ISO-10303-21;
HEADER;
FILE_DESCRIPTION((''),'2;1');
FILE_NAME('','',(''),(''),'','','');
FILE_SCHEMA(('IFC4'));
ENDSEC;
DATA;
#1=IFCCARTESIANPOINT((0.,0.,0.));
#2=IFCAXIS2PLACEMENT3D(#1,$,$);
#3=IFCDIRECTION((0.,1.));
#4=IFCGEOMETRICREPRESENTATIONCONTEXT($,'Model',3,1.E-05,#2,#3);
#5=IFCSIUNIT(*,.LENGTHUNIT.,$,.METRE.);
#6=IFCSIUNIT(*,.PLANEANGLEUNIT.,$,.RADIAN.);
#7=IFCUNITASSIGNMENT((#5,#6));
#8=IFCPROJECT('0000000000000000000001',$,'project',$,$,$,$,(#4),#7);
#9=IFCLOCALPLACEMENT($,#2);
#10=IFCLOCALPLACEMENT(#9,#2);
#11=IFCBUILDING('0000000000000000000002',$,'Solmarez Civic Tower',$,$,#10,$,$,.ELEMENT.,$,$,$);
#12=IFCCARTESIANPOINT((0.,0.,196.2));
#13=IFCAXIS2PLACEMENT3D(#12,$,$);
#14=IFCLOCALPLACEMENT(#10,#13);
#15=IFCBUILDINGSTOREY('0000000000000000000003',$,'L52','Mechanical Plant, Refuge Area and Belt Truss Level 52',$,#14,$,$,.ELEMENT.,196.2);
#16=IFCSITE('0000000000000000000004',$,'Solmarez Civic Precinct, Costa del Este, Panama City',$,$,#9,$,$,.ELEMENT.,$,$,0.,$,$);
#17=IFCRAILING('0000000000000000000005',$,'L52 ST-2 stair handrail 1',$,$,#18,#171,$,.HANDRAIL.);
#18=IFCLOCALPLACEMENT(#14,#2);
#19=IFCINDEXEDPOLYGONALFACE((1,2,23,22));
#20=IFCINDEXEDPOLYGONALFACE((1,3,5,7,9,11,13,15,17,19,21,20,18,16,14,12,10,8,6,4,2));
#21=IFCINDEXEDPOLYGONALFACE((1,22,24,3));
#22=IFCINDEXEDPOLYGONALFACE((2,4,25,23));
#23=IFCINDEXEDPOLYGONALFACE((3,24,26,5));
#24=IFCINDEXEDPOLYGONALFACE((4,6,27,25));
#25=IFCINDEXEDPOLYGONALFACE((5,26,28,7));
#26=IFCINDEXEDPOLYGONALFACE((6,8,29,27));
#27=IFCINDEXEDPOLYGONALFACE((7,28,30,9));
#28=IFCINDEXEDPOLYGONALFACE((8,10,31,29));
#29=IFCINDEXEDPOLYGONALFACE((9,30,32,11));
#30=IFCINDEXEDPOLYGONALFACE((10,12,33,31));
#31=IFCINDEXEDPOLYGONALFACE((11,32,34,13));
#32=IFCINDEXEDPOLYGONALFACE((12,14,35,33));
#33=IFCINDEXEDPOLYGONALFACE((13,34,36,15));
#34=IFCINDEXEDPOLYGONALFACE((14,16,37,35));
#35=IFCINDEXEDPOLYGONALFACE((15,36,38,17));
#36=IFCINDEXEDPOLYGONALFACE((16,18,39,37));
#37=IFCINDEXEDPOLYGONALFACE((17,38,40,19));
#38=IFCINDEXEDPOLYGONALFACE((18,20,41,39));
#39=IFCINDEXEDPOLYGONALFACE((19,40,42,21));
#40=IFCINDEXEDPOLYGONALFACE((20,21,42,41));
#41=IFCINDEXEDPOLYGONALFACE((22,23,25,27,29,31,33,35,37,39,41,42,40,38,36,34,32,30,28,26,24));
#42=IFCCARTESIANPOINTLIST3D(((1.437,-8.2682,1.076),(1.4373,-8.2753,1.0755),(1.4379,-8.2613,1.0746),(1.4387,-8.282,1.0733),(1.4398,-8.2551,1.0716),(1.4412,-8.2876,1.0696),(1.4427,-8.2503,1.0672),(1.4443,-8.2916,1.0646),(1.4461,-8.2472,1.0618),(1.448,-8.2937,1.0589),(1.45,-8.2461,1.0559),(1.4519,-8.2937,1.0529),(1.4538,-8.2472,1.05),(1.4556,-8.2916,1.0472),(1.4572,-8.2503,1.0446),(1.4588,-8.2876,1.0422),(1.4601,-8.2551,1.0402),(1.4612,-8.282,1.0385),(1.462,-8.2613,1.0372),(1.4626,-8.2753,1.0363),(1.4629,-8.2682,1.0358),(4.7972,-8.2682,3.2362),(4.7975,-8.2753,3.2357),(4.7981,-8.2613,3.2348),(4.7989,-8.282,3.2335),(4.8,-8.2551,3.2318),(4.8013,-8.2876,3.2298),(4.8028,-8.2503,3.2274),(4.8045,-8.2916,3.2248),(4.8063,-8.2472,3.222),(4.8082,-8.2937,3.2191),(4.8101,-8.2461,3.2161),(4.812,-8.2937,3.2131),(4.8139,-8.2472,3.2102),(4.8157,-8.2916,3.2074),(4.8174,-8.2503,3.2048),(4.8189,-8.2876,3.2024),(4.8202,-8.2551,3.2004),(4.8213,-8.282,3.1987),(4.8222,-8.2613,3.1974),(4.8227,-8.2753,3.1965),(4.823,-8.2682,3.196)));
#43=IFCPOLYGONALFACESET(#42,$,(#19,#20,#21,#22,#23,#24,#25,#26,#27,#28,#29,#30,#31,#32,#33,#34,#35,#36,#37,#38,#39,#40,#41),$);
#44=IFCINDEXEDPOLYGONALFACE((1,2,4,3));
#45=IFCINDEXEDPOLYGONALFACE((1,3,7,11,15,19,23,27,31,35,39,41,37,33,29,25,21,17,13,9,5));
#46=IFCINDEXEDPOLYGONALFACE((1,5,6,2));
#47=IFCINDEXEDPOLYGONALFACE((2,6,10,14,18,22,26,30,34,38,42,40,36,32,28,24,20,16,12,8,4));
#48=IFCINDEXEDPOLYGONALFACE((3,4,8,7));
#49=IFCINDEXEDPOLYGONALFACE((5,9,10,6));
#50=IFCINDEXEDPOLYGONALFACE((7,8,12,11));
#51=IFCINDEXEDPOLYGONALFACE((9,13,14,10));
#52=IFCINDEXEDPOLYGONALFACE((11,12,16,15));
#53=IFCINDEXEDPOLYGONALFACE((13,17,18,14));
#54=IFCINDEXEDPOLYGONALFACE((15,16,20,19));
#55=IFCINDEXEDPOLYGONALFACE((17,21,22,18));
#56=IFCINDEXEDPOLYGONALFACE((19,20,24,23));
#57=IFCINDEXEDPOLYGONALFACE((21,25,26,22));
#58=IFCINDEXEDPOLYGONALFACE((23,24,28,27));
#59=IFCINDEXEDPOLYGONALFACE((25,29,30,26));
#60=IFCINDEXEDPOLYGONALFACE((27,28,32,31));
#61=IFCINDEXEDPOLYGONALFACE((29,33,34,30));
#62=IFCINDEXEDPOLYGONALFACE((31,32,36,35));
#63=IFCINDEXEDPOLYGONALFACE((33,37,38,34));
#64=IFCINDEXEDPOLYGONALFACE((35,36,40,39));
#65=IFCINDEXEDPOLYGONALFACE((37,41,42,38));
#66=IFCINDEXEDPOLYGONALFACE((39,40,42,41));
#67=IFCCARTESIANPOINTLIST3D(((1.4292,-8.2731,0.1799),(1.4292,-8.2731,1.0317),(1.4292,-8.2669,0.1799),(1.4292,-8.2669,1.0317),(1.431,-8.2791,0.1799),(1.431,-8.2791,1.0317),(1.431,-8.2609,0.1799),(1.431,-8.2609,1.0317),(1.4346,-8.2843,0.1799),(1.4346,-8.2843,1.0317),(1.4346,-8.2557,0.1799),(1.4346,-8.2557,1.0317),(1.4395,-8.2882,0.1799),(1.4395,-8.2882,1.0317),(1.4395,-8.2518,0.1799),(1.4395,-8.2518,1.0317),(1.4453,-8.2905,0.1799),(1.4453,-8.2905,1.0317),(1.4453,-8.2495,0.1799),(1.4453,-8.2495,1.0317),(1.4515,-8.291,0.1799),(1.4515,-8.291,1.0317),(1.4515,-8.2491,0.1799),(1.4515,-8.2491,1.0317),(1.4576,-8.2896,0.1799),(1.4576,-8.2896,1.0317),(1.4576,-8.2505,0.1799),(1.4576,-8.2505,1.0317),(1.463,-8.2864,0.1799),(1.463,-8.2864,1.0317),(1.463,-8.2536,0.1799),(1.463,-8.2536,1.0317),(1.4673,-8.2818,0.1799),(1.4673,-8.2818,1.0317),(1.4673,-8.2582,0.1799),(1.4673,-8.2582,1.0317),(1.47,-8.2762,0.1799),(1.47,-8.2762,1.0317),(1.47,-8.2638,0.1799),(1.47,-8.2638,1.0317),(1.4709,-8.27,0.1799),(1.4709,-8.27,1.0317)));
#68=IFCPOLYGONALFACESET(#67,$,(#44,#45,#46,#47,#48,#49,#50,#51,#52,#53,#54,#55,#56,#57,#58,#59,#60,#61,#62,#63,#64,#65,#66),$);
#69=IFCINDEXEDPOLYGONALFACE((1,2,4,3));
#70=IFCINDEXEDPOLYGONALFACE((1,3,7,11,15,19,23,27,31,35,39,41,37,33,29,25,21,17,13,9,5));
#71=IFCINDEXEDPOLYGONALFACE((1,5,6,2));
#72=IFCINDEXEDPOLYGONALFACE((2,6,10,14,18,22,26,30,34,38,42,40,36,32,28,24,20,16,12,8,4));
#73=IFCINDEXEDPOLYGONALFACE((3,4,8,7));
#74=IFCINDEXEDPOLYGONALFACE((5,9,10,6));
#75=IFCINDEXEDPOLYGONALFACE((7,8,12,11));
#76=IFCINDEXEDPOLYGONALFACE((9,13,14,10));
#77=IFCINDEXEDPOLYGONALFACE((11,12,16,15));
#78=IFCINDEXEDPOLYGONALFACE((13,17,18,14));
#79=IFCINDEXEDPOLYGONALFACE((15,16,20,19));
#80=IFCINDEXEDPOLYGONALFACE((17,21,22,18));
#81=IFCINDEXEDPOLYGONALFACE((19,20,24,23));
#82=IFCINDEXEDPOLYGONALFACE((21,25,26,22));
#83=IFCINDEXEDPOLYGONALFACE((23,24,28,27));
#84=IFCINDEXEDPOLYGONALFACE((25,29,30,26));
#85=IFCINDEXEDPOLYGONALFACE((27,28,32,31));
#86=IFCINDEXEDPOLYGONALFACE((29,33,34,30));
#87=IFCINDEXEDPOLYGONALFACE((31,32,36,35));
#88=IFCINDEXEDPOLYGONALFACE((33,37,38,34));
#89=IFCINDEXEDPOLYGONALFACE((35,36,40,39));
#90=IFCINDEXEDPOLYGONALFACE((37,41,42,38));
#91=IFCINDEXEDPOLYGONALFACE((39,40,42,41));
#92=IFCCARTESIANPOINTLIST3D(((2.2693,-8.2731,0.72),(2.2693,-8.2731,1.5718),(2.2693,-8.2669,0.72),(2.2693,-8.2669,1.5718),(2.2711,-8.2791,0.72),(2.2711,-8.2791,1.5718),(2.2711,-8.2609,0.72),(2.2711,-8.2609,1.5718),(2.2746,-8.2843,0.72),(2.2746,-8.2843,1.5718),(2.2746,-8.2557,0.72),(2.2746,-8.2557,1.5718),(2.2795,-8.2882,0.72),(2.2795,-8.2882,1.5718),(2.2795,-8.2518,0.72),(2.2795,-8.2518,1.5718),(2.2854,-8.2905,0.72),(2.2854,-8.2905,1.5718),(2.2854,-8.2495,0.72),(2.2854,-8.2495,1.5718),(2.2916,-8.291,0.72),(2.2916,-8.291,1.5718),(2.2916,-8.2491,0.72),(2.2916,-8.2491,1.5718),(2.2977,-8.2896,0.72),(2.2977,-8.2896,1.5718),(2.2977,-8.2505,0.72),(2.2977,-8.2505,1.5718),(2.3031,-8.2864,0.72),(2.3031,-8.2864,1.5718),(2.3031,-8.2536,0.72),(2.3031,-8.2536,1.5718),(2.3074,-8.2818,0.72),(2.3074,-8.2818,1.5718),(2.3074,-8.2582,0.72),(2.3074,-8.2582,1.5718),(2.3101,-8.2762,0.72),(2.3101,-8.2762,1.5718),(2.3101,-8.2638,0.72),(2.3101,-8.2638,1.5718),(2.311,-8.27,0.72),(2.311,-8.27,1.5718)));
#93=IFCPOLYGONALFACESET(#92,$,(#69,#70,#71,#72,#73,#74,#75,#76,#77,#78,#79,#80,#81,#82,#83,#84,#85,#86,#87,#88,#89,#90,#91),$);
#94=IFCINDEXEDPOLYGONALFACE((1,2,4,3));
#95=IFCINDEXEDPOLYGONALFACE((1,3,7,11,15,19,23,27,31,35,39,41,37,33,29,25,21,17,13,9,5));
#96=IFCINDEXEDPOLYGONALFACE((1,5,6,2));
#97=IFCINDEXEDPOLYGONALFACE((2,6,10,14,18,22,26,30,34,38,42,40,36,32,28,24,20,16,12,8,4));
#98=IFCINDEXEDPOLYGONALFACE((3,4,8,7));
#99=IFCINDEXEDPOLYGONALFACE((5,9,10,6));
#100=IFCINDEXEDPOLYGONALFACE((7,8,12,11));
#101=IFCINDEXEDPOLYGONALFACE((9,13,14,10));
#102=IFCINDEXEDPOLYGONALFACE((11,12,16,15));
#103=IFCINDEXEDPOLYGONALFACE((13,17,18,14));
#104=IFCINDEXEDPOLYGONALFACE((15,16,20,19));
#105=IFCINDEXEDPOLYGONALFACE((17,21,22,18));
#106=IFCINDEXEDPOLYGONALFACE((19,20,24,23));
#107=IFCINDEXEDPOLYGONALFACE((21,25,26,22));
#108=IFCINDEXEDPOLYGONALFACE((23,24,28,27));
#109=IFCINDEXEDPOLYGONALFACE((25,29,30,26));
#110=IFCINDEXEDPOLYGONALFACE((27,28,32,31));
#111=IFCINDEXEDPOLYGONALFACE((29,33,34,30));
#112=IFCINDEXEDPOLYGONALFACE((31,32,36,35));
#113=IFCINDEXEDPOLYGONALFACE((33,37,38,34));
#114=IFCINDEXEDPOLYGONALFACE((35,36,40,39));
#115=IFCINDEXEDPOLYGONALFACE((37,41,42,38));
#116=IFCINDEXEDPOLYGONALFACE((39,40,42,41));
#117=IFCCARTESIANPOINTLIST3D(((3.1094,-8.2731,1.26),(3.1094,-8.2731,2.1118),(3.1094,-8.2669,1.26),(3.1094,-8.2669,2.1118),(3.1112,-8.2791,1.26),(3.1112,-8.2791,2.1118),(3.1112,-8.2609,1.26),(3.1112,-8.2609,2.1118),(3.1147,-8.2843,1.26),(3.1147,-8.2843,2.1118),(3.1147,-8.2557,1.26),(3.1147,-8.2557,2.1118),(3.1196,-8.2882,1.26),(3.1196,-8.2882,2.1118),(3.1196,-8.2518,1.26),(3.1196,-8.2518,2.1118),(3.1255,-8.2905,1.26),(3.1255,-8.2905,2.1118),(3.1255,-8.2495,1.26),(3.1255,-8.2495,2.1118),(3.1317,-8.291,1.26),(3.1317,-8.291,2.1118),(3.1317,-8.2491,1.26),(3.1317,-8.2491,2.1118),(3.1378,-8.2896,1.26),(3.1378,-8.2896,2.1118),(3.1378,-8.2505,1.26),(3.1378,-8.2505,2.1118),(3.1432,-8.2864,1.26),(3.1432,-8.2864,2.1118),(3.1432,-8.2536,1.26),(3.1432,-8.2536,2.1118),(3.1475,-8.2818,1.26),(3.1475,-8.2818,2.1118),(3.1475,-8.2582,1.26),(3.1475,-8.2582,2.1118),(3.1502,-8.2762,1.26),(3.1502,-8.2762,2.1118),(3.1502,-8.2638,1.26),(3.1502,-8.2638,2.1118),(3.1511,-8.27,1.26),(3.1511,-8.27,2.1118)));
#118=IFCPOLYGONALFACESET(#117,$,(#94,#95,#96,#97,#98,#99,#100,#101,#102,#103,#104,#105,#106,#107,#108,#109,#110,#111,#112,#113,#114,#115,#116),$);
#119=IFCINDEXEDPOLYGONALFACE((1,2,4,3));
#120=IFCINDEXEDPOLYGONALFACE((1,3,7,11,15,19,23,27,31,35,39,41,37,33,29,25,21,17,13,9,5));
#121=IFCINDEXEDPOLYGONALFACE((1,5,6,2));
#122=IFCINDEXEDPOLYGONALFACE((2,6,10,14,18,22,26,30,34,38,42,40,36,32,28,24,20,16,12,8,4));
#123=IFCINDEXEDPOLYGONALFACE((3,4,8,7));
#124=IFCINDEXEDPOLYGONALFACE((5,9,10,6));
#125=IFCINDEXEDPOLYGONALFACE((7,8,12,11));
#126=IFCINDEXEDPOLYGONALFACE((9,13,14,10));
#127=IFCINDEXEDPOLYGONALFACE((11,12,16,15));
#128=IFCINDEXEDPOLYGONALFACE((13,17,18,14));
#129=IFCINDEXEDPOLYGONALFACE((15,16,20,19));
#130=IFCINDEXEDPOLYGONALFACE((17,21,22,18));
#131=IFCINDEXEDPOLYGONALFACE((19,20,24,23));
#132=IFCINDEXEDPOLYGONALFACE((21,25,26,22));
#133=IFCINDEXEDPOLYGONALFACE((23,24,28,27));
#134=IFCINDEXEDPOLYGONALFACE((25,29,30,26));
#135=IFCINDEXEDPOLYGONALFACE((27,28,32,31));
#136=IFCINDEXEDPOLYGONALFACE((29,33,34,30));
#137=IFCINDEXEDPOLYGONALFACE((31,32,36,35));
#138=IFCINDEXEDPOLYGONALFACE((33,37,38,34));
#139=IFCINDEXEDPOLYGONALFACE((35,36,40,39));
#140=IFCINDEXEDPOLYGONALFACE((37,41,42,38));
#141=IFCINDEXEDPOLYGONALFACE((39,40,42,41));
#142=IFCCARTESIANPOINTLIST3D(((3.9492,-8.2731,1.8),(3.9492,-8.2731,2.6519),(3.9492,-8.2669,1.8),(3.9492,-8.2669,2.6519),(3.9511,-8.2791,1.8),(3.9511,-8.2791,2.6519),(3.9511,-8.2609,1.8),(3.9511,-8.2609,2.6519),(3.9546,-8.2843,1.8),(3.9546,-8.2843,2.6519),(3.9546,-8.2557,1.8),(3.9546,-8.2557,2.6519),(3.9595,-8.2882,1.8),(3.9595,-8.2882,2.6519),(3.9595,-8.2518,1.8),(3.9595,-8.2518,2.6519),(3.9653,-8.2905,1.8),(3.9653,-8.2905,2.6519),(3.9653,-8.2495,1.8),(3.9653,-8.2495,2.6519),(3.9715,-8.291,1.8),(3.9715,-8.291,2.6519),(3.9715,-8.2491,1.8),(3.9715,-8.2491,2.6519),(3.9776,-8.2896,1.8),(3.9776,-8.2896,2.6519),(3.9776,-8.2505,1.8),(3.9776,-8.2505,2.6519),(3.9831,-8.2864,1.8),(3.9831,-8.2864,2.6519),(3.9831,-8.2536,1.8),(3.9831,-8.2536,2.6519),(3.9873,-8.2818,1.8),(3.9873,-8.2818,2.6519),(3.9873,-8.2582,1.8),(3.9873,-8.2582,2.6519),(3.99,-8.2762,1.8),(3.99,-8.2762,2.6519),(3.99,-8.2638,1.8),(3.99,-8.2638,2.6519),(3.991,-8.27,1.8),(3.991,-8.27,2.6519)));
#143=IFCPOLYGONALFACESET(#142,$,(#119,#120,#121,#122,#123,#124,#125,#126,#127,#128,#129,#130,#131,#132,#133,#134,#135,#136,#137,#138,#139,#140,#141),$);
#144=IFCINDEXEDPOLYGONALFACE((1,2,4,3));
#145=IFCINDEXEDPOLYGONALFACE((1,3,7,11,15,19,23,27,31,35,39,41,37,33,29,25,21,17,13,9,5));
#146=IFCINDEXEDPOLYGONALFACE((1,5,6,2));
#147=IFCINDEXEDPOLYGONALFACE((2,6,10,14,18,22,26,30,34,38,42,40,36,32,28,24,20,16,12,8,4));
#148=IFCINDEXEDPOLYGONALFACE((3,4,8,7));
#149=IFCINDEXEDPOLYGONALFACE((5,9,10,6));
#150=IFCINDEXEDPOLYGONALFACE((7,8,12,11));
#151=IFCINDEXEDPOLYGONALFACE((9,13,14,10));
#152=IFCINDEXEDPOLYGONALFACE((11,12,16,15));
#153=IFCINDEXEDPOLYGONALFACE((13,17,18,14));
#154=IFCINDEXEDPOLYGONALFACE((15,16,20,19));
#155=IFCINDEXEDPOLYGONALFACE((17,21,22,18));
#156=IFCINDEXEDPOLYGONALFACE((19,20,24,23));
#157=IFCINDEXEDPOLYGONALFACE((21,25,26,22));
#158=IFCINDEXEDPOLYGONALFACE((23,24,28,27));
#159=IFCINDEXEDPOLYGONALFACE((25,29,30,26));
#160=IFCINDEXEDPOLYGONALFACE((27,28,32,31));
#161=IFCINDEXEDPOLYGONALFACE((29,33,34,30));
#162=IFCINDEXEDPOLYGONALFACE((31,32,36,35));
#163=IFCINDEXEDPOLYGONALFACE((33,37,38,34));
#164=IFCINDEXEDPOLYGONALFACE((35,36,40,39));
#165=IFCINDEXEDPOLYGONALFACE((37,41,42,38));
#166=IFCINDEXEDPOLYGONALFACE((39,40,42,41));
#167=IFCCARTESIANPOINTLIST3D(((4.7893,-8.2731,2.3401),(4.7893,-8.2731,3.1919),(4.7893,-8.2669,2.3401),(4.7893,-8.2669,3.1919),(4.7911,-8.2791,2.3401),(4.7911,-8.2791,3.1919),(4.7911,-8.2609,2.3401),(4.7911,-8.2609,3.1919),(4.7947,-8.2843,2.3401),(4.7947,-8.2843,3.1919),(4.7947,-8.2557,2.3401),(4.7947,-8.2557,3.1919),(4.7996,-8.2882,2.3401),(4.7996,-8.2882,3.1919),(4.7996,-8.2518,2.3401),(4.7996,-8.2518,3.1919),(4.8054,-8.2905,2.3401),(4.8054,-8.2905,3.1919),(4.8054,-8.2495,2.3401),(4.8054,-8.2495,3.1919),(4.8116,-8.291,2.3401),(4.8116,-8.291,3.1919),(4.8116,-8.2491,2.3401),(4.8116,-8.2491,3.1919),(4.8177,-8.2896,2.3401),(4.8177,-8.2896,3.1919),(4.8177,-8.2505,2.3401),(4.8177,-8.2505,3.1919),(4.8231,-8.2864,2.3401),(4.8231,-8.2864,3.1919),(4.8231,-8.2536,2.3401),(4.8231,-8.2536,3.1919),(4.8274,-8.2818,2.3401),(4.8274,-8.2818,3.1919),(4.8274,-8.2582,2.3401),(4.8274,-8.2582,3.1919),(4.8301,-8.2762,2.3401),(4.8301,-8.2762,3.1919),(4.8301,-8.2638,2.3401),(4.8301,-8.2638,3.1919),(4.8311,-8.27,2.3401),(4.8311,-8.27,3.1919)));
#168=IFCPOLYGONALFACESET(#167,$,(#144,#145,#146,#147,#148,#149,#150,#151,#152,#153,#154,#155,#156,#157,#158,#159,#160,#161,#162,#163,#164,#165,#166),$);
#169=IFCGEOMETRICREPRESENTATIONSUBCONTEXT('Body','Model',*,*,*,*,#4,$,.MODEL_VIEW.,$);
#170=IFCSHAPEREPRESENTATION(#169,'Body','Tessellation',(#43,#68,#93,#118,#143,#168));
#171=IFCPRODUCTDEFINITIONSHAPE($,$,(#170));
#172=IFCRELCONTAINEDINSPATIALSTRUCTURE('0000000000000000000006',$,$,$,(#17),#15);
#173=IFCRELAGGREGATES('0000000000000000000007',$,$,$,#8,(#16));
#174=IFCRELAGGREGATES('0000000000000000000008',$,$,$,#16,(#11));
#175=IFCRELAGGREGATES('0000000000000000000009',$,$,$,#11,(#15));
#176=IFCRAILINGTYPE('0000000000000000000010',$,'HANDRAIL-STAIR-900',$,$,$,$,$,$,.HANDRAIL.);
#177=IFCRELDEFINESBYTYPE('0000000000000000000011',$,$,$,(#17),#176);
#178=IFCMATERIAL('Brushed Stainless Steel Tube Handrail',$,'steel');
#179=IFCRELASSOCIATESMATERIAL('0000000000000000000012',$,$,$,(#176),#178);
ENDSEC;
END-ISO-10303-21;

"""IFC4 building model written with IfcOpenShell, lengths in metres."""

from ifc_helpers import new_model, si_unit, direction, frame, origin, origin_2d, place, context, subcontext, project, spatial, circle, extrude, material, type_object, element, save


model = new_model("IFC4")

# Units and contexts
model_context = context("Model", 3, precision=1e-05, world=origin(), true_north=direction((0.0, 1.0)))
body_context = subcontext(model_context, "Body", "Model", "MODEL_VIEW")
ifc_project = project(units=[si_unit("LENGTHUNIT", "METRE"), si_unit("PLANEANGLEUNIT", "RADIAN")], contexts=[model_context])

# Site, building, storey
site_placement = place(None, origin())
site = spatial("IfcSite", under=ifc_project, at=site_placement, Name="Solmarez Civic Precinct, Costa del Este, Panama City", CompositionType="ELEMENT", RefElevation=0.0)
building_placement = place(site_placement, origin())
building = spatial("IfcBuilding", under=site, at=building_placement, Name="Solmarez Civic Tower", CompositionType="ELEMENT")
storey_placement = place(building_placement, frame((0.0, 0.0, 196.2)))
storey = spatial("IfcBuildingStorey", under=building, at=storey_placement, Name="L52", Description="Mechanical Plant, Refuge Area and Belt Truss Level 52", CompositionType="ELEMENT", Elevation=196.2)

# Railing
ifc_material_1 = material(Name="Brushed Stainless Steel Tube Handrail", Category="steel")
railing_type = type_object("IfcRailingType", Name="HANDRAIL-STAIR-900", PredefinedType="HANDRAIL", material=ifc_material_1)
railing_placement = place(storey_placement, frame((1.45, -8.27, 0.1799)))
element("IfcRailing", 1, at=railing_placement, inside=storey, type_object=railing_type, Name="L52 ST-2 stair handrail 1", PredefinedType="HANDRAIL", context=body_context, shape_type="SweptSolid", body=[
    extrude(circle(Radius=0.0239, at=origin_2d()), frame((0.0, 0.0, 0.876), z_axis=(0.841169, 0.0, 0.540773), x_axis=(0.0, 1.0, 0.0)), (0.0, 0.0, 1.0), 3.9946),
    extrude(circle(Radius=0.021, at=origin_2d()), origin(), (0.0, 0.0, 1.0), 0.8518),
    extrude(circle(Radius=0.021, at=origin_2d()), frame((0.8401, 0.0, 0.54)), (0.0, 0.0, 1.0), 0.8518),
    extrude(circle(Radius=0.021, at=origin_2d()), frame((1.6802, 0.0, 1.0801)), (0.0, 0.0, 1.0), 0.8518),
    extrude(circle(Radius=0.021, at=origin_2d()), frame((2.52, 0.0, 1.6201)), (0.0, 0.0, 1.0), 0.8518),
    extrude(circle(Radius=0.021, at=origin_2d()), frame((3.3601, 0.0, 2.1602)), (0.0, 0.0, 1.0), 0.8518),
])

save(model, "model.ifc")
